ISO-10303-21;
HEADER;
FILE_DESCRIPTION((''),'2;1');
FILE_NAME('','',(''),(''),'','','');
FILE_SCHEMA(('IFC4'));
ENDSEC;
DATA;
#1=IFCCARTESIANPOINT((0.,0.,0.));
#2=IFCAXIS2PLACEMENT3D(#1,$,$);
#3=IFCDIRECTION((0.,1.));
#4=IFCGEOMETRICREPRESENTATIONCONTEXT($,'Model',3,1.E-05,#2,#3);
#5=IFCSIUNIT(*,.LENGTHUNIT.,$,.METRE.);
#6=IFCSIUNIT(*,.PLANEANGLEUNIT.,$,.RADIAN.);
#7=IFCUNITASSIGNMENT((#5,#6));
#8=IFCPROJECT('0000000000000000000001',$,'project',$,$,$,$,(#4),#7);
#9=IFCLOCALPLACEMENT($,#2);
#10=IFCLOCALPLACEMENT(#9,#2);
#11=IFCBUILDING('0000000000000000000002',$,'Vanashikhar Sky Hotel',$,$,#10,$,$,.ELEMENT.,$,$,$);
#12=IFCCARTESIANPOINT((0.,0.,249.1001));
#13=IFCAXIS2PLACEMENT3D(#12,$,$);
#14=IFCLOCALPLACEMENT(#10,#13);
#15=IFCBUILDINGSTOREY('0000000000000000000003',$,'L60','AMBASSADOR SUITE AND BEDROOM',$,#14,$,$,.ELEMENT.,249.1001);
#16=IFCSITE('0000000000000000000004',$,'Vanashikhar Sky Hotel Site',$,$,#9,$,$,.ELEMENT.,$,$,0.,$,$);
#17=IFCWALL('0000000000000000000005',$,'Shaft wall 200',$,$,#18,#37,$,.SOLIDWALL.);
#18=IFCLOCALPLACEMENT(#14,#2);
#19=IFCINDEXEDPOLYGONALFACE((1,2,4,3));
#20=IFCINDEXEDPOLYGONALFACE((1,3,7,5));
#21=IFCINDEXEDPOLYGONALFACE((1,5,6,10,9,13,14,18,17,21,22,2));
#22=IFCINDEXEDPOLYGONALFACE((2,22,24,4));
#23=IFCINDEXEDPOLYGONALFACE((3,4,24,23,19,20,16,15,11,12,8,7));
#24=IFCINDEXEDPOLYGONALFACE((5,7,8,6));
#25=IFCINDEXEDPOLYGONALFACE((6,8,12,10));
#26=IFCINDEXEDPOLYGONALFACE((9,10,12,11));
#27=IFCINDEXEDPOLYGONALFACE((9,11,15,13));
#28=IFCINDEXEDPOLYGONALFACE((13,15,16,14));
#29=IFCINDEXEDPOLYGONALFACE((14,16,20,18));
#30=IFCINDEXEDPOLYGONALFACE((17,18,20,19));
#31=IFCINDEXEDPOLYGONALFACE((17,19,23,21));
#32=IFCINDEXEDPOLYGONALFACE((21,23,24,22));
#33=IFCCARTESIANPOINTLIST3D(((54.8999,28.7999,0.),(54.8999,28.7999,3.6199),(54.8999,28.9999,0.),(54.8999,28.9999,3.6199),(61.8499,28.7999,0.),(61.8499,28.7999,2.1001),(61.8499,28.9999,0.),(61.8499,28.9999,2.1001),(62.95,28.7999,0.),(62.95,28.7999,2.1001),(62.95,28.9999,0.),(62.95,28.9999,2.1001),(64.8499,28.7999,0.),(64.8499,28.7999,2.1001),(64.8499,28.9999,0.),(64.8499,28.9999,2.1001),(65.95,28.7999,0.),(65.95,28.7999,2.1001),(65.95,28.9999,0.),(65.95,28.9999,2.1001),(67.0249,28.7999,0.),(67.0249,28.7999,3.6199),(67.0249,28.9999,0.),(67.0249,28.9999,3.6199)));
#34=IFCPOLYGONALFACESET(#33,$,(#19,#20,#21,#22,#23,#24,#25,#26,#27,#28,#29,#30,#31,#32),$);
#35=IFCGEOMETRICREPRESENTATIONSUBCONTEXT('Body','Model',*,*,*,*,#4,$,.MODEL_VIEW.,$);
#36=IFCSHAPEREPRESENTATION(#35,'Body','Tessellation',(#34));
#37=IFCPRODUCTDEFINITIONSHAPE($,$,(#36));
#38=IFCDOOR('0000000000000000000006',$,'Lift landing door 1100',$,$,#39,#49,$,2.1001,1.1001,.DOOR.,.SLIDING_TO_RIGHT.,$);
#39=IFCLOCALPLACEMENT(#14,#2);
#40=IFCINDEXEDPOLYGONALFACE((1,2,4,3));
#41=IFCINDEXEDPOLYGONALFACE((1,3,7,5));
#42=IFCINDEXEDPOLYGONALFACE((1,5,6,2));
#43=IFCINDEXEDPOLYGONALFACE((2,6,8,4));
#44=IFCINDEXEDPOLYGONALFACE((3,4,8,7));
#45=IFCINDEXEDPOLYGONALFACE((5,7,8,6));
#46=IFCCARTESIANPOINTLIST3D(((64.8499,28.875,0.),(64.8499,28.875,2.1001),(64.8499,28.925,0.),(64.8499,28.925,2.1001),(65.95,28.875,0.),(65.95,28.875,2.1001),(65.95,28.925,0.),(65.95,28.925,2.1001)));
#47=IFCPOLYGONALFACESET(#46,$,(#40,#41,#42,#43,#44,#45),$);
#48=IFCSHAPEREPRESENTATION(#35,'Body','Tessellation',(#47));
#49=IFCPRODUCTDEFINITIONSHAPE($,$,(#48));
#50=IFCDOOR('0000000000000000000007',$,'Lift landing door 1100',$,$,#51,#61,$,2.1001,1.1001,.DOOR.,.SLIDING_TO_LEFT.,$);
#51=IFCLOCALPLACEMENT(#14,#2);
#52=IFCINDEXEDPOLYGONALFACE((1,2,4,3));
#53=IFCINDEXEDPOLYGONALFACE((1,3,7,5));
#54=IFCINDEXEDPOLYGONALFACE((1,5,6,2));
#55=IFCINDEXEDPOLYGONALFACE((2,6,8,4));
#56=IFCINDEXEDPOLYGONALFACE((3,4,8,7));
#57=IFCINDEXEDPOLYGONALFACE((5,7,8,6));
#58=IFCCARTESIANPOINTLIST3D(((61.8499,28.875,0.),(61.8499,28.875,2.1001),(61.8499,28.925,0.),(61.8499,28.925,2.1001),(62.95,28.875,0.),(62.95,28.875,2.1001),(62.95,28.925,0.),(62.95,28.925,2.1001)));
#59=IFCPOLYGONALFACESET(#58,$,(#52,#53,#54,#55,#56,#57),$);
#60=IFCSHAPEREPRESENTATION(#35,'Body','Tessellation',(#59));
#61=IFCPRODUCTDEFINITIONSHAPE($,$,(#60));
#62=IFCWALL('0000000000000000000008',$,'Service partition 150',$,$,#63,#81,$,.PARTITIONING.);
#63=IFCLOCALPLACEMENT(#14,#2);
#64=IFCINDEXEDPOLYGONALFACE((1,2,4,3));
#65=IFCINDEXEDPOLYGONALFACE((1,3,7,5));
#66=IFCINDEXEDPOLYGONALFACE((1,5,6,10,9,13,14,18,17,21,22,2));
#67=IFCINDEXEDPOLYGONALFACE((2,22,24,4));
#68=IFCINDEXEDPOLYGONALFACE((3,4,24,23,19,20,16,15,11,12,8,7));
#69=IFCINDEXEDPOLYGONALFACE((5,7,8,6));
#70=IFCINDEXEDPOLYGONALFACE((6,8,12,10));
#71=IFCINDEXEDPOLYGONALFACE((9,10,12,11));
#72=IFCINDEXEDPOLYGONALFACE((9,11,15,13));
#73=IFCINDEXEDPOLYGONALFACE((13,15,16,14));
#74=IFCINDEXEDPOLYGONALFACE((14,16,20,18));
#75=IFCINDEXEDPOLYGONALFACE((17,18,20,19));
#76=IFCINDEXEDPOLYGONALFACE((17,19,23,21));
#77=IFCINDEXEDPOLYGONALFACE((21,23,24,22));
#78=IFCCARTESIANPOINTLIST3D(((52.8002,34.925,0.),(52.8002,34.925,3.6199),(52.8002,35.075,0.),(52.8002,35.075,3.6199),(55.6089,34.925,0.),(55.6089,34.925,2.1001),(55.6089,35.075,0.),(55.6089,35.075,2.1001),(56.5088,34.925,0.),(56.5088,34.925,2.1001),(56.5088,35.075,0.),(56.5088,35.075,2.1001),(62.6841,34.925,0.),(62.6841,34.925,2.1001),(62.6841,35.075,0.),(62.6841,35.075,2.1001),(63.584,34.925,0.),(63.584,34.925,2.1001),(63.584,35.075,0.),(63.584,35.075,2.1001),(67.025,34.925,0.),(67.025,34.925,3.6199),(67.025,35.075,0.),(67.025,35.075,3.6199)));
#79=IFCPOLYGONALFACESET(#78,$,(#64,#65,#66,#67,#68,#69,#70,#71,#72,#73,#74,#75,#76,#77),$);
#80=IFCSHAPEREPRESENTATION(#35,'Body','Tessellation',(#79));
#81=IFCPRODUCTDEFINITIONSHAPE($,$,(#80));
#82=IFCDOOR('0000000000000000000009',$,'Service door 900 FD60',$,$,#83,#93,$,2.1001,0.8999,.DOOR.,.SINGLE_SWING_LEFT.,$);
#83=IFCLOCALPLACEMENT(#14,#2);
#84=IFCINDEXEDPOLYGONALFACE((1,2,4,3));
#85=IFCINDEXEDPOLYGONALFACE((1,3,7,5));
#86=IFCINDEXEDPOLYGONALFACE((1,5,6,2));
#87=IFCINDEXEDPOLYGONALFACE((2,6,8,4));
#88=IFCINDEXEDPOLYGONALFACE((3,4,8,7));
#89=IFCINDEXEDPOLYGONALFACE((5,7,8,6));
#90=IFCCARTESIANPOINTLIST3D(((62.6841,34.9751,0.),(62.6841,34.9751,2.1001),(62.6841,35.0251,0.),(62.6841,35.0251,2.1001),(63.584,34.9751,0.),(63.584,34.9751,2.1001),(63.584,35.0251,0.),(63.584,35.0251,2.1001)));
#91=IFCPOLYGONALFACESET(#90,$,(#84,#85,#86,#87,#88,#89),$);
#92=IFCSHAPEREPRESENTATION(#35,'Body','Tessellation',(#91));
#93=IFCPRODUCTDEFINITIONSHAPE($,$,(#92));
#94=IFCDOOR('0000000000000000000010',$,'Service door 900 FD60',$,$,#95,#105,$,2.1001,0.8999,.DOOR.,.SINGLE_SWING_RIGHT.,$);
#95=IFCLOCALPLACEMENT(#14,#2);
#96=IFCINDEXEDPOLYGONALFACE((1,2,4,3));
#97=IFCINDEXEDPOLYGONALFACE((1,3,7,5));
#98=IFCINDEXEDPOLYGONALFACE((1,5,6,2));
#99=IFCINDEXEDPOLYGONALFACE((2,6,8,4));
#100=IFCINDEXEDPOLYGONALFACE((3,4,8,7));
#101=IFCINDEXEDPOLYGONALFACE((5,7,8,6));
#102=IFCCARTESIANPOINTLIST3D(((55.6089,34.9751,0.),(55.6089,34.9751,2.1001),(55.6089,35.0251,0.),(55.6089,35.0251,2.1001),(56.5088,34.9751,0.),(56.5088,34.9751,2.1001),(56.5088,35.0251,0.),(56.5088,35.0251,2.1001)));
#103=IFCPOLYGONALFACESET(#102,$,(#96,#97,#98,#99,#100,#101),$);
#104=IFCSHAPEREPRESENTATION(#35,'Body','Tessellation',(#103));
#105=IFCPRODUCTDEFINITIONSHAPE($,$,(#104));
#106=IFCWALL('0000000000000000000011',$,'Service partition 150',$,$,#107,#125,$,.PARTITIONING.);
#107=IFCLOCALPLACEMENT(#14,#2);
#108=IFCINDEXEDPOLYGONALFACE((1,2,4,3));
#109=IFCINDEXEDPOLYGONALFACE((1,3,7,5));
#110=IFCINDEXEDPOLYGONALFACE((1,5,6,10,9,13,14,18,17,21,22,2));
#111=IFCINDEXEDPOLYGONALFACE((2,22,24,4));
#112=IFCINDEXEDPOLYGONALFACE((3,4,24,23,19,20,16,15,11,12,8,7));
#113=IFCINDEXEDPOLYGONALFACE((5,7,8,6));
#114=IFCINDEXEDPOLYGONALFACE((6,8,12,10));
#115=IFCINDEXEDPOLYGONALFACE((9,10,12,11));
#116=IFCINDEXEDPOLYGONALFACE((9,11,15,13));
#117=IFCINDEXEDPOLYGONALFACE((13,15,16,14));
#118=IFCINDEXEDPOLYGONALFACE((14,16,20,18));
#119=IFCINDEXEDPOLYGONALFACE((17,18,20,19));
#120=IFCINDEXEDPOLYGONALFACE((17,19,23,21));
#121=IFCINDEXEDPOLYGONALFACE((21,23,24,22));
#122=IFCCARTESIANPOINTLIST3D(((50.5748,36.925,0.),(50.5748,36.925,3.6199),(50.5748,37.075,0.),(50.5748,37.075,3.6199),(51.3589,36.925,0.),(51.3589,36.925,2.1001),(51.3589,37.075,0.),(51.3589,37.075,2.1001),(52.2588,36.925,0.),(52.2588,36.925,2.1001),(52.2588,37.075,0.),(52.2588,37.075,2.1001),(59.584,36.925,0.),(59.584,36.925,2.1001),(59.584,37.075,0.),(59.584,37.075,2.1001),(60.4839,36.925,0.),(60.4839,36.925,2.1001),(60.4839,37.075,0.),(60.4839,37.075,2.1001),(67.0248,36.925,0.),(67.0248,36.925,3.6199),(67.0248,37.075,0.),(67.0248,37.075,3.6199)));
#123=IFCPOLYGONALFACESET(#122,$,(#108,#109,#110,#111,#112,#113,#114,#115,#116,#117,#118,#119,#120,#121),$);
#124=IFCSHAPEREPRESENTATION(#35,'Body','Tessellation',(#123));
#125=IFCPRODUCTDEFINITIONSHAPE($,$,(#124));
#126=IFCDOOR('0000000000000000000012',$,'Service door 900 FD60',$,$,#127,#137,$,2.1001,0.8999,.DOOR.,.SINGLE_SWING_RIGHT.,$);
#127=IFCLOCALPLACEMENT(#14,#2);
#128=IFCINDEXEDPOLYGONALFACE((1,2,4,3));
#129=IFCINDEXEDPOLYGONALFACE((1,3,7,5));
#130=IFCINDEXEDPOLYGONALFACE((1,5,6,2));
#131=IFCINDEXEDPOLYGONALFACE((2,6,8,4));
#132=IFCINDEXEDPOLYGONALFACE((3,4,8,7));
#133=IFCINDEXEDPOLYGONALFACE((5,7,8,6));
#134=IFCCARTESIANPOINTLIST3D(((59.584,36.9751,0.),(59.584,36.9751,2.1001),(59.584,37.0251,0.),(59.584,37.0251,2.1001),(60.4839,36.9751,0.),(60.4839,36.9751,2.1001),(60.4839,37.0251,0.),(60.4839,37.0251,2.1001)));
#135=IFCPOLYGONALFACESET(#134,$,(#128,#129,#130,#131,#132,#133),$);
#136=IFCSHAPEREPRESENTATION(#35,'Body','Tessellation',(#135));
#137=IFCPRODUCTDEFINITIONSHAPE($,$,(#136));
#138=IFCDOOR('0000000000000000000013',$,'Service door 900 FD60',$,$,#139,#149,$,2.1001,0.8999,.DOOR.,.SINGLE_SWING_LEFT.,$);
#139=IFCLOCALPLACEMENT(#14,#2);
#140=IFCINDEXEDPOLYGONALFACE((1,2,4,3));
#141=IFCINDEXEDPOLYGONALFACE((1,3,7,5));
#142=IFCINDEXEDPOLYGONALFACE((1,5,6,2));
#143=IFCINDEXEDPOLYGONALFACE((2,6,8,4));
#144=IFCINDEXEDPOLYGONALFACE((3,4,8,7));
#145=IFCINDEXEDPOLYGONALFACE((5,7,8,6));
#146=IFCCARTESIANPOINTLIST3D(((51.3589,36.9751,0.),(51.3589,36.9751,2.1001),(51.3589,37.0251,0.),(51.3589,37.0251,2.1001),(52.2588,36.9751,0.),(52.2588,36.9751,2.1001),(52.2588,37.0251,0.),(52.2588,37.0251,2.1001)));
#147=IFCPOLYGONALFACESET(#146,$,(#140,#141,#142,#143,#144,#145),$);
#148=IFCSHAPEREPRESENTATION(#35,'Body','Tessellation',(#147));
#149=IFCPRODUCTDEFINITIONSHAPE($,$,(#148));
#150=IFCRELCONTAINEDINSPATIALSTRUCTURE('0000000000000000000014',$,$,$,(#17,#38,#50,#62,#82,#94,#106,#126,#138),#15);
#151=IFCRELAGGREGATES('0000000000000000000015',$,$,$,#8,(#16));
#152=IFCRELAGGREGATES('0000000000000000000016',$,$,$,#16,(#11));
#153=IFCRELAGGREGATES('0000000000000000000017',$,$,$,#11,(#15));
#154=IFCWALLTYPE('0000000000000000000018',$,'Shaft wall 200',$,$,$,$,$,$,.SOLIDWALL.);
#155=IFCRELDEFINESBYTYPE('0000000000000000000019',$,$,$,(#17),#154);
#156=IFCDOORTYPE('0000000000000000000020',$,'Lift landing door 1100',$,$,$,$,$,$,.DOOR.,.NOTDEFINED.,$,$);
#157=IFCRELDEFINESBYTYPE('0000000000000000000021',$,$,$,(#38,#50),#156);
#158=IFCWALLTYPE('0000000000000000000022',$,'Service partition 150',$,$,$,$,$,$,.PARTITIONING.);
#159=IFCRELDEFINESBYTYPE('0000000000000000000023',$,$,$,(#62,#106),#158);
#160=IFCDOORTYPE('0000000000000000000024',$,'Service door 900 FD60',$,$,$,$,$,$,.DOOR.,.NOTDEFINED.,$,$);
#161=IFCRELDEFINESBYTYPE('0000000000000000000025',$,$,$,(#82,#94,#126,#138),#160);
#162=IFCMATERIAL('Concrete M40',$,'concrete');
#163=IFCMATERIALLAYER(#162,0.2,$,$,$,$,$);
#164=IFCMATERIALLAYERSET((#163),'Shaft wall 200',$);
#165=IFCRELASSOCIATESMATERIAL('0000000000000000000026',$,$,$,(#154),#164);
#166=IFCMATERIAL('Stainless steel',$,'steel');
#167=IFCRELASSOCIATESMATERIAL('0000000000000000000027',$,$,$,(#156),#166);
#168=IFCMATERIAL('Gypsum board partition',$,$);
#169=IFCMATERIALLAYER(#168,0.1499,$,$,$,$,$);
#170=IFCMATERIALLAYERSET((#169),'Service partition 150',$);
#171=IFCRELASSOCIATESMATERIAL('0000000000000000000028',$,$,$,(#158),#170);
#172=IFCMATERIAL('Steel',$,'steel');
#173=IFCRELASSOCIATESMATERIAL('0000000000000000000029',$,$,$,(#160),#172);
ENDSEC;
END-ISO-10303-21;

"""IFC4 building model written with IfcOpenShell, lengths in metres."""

from ifc_helpers import new_model, si_unit, direction, frame, frame_2d, origin, place, context, subcontext, project, spatial, rectangle, extrude, source, transform, mapped, material, layer, layer_set, type_object, element, fill, save


model = new_model("IFC4")

# Units and contexts
model_context = context("Model", 3, precision=1e-05, world=origin(), true_north=direction((0.0, 1.0)))
body_context = subcontext(model_context, "Body", "Model", "MODEL_VIEW")
ifc_project = project(units=[si_unit("LENGTHUNIT", "METRE"), si_unit("PLANEANGLEUNIT", "RADIAN")], contexts=[model_context])

# Site, building, storey
site_placement = place(None, origin())
site = spatial("IfcSite", under=ifc_project, at=site_placement, Name="Vanashikhar Sky Hotel Site", CompositionType="ELEMENT", RefElevation=0.0)
building_placement = place(site_placement, origin())
building = spatial("IfcBuilding", under=site, at=building_placement, Name="Vanashikhar Sky Hotel", CompositionType="ELEMENT")
storey_placement = place(building_placement, frame((0.0, 0.0, 249.1001)))
storey = spatial("IfcBuildingStorey", under=building, at=storey_placement, Name="L60", Description="AMBASSADOR SUITE AND BEDROOM", CompositionType="ELEMENT", Elevation=249.1001)

# Shared definitions
ifc_material_1 = material(Name="Concrete M40", Category="concrete")
ifc_layer_1 = layer(ifc_material_1, 0.2)
ifc_layer_set_1 = layer_set([ifc_layer_1], Name="Shaft wall 200")
wall_type_1 = type_object("IfcWallType", Name="Shaft wall 200", PredefinedType="SOLIDWALL", material=ifc_layer_set_1)
shared_shape_1 = source(origin(), body_context, "Body", "SweptSolid", [
    extrude(rectangle(XDim=1.1001, YDim=2.1001, at=frame_2d((0.55, 1.05))), frame((0.0, 0.1099, 0.0), z_axis=(0.0, -1.0, 0.0), x_axis=(1.0, 0.0, 0.0)), (0.0, 0.0, 1.0), 0.22),
])
ifc_material_2 = material(Name="Stainless steel", Category="steel")
door_type_1 = type_object("IfcDoorType", Name="Lift landing door 1100", OperationType="NOTDEFINED", PredefinedType="DOOR", material=ifc_material_2)
shared_shape_2 = source(origin(), body_context, "Body", "SweptSolid", [
    extrude(rectangle(XDim=1.1001, YDim=2.1001, at=frame_2d((0.55, 1.05))), frame((0.0, 0.0249, 0.0), z_axis=(0.0, -1.0, 0.0), x_axis=(1.0, 0.0, 0.0)), (0.0, 0.0, 1.0), 0.05),
])

# Shared definitions
ifc_material_3 = material(Name="Gypsum board partition")
ifc_layer_2 = layer(ifc_material_3, 0.1499)
ifc_layer_set_2 = layer_set([ifc_layer_2], Name="Service partition 150")
wall_type_2 = type_object("IfcWallType", Name="Service partition 150", PredefinedType="PARTITIONING", material=ifc_layer_set_2)

# Walls, openings, doors
shared_shape_3 = source(origin(), body_context, "Body", "SweptSolid", [
    extrude(rectangle(XDim=12.125, YDim=0.2, at=frame_2d((6.0625, 0.0))), origin(), (0.0, 0.0, 1.0), 3.6199),
])
wall_1_placement = place(storey_placement, frame((67.0249, 28.8999, 0.0), z_axis=(0.0, 0.0, 1.0), x_axis=(-1.0, 0.0, 0.0)))
wall_1 = element("IfcWall", 1, at=wall_1_placement, inside=storey, type_object=wall_type_1, Name="Shaft wall 200", PredefinedType="SOLIDWALL", context=body_context, shape_type="MappedRepresentation", body=[
    mapped(shared_shape_3, transform((0.0, 0.0, 0.0), scale=1.0)),
])
opening_1_placement = place(wall_1_placement, frame((1.075, 0.0, 0.0)))
opening_1 = element("IfcOpeningElement", 2, at=opening_1_placement, cuts=wall_1, PredefinedType="OPENING", context=body_context, shape_type="MappedRepresentation", body=[
    mapped(shared_shape_1, transform((0.0, 0.0, 0.0), scale=1.0)),
])
opening_2_placement = place(wall_1_placement, frame((4.075, 0.0, 0.0)))
opening_2 = element("IfcOpeningElement", 3, at=opening_2_placement, cuts=wall_1, PredefinedType="OPENING", context=body_context, shape_type="MappedRepresentation", body=[
    mapped(shared_shape_1, transform((0.0, 0.0, 0.0), scale=1.0)),
])
door_1_placement = place(opening_1_placement, origin())
door_1 = element("IfcDoor", 4, at=door_1_placement, inside=storey, type_object=door_type_1, Name="Lift landing door 1100", OperationType="SLIDING_TO_RIGHT", OverallHeight=2.1001, OverallWidth=1.1001, PredefinedType="DOOR", context=body_context, shape_type="MappedRepresentation", body=[
    mapped(shared_shape_2, transform((0.0, 0.0, 0.0), scale=1.0)),
])
fill(opening_1, door_1)
door_2_placement = place(opening_2_placement, origin())
door_2 = element("IfcDoor", 5, at=door_2_placement, inside=storey, type_object=door_type_1, Name="Lift landing door 1100", OperationType="SLIDING_TO_LEFT", OverallHeight=2.1001, OverallWidth=1.1001, PredefinedType="DOOR", context=body_context, shape_type="MappedRepresentation", body=[
    mapped(shared_shape_2, transform((0.0, 0.0, 0.0), scale=1.0)),
])
fill(opening_2, door_2)
shared_shape_4 = source(origin(), body_context, "Body", "SweptSolid", [
    extrude(rectangle(XDim=14.2249, YDim=0.1499, at=frame_2d((7.1123, 0.0))), origin(), (0.0, 0.0, 1.0), 3.6199),
])
wall_2_placement = place(storey_placement, frame((67.0249, 35.0, 0.0), z_axis=(0.0, 0.0, 1.0), x_axis=(-1.0, 0.0, 0.0)))
wall_2 = element("IfcWall", 6, at=wall_2_placement, inside=storey, type_object=wall_type_2, Name="Service partition 150", PredefinedType="PARTITIONING", context=body_context, shape_type="MappedRepresentation", body=[
    mapped(shared_shape_4, transform((0.0, 0.0, 0.0), scale=1.0)),
])
shared_shape_5 = source(origin(), body_context, "Body", "SweptSolid", [
    extrude(rectangle(XDim=0.8999, YDim=2.1001, at=frame_2d((0.45, 1.05))), frame((0.0, 0.085, 0.0), z_axis=(0.0, -1.0, 0.0), x_axis=(1.0, 0.0, 0.0)), (0.0, 0.0, 1.0), 0.1699),
])
opening_3_placement = place(wall_2_placement, frame((3.4409, 0.0, 0.0)))
opening_3 = element("IfcOpeningElement", 7, at=opening_3_placement, cuts=wall_2, PredefinedType="OPENING", context=body_context, shape_type="MappedRepresentation", body=[
    mapped(shared_shape_5, transform((0.0, 0.0, 0.0), scale=1.0)),
])
opening_4_placement = place(wall_2_placement, frame((10.5161, 0.0, 0.0)))
opening_4 = element("IfcOpeningElement", 8, at=opening_4_placement, cuts=wall_2, PredefinedType="OPENING", context=body_context, shape_type="MappedRepresentation", body=[
    mapped(shared_shape_5, transform((0.0, 0.0, 0.0), scale=1.0)),
])
ifc_material_4 = material(Name="Steel", Category="steel")
door_type_2 = type_object("IfcDoorType", Name="Service door 900 FD60", OperationType="NOTDEFINED", PredefinedType="DOOR", material=ifc_material_4)
shared_shape_6 = source(origin(), body_context, "Body", "SweptSolid", [
    extrude(rectangle(XDim=0.8999, YDim=2.1001, at=frame_2d((0.45, 1.05))), frame((0.0, 0.0249, 0.0), z_axis=(0.0, -1.0, 0.0), x_axis=(1.0, 0.0, 0.0)), (0.0, 0.0, 1.0), 0.05),
])
door_3_placement = place(opening_3_placement, origin())
door_3 = element("IfcDoor", 9, at=door_3_placement, inside=storey, type_object=door_type_2, Name="Service door 900 FD60", OperationType="SINGLE_SWING_LEFT", OverallHeight=2.1001, OverallWidth=0.8999, PredefinedType="DOOR", context=body_context, shape_type="MappedRepresentation", body=[
    mapped(shared_shape_6, transform((0.0, 0.0, 0.0), scale=1.0)),
])
fill(opening_3, door_3)
door_4_placement = place(opening_4_placement, origin())
door_4 = element("IfcDoor", 10, at=door_4_placement, inside=storey, type_object=door_type_2, Name="Service door 900 FD60", OperationType="SINGLE_SWING_RIGHT", OverallHeight=2.1001, OverallWidth=0.8999, PredefinedType="DOOR", context=body_context, shape_type="MappedRepresentation", body=[
    mapped(shared_shape_6, transform((0.0, 0.0, 0.0), scale=1.0)),
])
fill(opening_4, door_4)
shared_shape_7 = source(origin(), body_context, "Body", "SweptSolid", [
    extrude(rectangle(XDim=16.45, YDim=0.1499, at=frame_2d((8.2251, 0.0))), origin(), (0.0, 0.0, 1.0), 3.6199),
])
wall_3_placement = place(storey_placement, frame((67.0249, 37.0, 0.0), z_axis=(0.0, 0.0, 1.0), x_axis=(-1.0, 0.0, 0.0)))
wall_3 = element("IfcWall", 11, at=wall_3_placement, inside=storey, type_object=wall_type_2, Name="Service partition 150", PredefinedType="PARTITIONING", context=body_context, shape_type="MappedRepresentation", body=[
    mapped(shared_shape_7, transform((0.0, 0.0, 0.0), scale=1.0)),
])
opening_5_placement = place(wall_3_placement, frame((6.541, 0.0, 0.0)))
opening_5 = element("IfcOpeningElement", 12, at=opening_5_placement, cuts=wall_3, PredefinedType="OPENING", context=body_context, shape_type="MappedRepresentation", body=[
    mapped(shared_shape_5, transform((0.0, 0.0, 0.0), scale=1.0)),
])
opening_6_placement = place(wall_3_placement, frame((14.7661, 0.0, 0.0)))
opening_6 = element("IfcOpeningElement", 13, at=opening_6_placement, cuts=wall_3, PredefinedType="OPENING", context=body_context, shape_type="MappedRepresentation", body=[
    mapped(shared_shape_5, transform((0.0, 0.0, 0.0), scale=1.0)),
])
door_5_placement = place(opening_5_placement, origin())
door_5 = element("IfcDoor", 14, at=door_5_placement, inside=storey, type_object=door_type_2, Name="Service door 900 FD60", OperationType="SINGLE_SWING_RIGHT", OverallHeight=2.1001, OverallWidth=0.8999, PredefinedType="DOOR", context=body_context, shape_type="MappedRepresentation", body=[
    mapped(shared_shape_6, transform((0.0, 0.0, 0.0), scale=1.0)),
])
fill(opening_5, door_5)
door_6_placement = place(opening_6_placement, origin())
door_6 = element("IfcDoor", 15, at=door_6_placement, inside=storey, type_object=door_type_2, Name="Service door 900 FD60", OperationType="SINGLE_SWING_LEFT", OverallHeight=2.1001, OverallWidth=0.8999, PredefinedType="DOOR", context=body_context, shape_type="MappedRepresentation", body=[
    mapped(shared_shape_6, transform((0.0, 0.0, 0.0), scale=1.0)),
])
fill(opening_6, door_6)

save(model, "model.ifc")
